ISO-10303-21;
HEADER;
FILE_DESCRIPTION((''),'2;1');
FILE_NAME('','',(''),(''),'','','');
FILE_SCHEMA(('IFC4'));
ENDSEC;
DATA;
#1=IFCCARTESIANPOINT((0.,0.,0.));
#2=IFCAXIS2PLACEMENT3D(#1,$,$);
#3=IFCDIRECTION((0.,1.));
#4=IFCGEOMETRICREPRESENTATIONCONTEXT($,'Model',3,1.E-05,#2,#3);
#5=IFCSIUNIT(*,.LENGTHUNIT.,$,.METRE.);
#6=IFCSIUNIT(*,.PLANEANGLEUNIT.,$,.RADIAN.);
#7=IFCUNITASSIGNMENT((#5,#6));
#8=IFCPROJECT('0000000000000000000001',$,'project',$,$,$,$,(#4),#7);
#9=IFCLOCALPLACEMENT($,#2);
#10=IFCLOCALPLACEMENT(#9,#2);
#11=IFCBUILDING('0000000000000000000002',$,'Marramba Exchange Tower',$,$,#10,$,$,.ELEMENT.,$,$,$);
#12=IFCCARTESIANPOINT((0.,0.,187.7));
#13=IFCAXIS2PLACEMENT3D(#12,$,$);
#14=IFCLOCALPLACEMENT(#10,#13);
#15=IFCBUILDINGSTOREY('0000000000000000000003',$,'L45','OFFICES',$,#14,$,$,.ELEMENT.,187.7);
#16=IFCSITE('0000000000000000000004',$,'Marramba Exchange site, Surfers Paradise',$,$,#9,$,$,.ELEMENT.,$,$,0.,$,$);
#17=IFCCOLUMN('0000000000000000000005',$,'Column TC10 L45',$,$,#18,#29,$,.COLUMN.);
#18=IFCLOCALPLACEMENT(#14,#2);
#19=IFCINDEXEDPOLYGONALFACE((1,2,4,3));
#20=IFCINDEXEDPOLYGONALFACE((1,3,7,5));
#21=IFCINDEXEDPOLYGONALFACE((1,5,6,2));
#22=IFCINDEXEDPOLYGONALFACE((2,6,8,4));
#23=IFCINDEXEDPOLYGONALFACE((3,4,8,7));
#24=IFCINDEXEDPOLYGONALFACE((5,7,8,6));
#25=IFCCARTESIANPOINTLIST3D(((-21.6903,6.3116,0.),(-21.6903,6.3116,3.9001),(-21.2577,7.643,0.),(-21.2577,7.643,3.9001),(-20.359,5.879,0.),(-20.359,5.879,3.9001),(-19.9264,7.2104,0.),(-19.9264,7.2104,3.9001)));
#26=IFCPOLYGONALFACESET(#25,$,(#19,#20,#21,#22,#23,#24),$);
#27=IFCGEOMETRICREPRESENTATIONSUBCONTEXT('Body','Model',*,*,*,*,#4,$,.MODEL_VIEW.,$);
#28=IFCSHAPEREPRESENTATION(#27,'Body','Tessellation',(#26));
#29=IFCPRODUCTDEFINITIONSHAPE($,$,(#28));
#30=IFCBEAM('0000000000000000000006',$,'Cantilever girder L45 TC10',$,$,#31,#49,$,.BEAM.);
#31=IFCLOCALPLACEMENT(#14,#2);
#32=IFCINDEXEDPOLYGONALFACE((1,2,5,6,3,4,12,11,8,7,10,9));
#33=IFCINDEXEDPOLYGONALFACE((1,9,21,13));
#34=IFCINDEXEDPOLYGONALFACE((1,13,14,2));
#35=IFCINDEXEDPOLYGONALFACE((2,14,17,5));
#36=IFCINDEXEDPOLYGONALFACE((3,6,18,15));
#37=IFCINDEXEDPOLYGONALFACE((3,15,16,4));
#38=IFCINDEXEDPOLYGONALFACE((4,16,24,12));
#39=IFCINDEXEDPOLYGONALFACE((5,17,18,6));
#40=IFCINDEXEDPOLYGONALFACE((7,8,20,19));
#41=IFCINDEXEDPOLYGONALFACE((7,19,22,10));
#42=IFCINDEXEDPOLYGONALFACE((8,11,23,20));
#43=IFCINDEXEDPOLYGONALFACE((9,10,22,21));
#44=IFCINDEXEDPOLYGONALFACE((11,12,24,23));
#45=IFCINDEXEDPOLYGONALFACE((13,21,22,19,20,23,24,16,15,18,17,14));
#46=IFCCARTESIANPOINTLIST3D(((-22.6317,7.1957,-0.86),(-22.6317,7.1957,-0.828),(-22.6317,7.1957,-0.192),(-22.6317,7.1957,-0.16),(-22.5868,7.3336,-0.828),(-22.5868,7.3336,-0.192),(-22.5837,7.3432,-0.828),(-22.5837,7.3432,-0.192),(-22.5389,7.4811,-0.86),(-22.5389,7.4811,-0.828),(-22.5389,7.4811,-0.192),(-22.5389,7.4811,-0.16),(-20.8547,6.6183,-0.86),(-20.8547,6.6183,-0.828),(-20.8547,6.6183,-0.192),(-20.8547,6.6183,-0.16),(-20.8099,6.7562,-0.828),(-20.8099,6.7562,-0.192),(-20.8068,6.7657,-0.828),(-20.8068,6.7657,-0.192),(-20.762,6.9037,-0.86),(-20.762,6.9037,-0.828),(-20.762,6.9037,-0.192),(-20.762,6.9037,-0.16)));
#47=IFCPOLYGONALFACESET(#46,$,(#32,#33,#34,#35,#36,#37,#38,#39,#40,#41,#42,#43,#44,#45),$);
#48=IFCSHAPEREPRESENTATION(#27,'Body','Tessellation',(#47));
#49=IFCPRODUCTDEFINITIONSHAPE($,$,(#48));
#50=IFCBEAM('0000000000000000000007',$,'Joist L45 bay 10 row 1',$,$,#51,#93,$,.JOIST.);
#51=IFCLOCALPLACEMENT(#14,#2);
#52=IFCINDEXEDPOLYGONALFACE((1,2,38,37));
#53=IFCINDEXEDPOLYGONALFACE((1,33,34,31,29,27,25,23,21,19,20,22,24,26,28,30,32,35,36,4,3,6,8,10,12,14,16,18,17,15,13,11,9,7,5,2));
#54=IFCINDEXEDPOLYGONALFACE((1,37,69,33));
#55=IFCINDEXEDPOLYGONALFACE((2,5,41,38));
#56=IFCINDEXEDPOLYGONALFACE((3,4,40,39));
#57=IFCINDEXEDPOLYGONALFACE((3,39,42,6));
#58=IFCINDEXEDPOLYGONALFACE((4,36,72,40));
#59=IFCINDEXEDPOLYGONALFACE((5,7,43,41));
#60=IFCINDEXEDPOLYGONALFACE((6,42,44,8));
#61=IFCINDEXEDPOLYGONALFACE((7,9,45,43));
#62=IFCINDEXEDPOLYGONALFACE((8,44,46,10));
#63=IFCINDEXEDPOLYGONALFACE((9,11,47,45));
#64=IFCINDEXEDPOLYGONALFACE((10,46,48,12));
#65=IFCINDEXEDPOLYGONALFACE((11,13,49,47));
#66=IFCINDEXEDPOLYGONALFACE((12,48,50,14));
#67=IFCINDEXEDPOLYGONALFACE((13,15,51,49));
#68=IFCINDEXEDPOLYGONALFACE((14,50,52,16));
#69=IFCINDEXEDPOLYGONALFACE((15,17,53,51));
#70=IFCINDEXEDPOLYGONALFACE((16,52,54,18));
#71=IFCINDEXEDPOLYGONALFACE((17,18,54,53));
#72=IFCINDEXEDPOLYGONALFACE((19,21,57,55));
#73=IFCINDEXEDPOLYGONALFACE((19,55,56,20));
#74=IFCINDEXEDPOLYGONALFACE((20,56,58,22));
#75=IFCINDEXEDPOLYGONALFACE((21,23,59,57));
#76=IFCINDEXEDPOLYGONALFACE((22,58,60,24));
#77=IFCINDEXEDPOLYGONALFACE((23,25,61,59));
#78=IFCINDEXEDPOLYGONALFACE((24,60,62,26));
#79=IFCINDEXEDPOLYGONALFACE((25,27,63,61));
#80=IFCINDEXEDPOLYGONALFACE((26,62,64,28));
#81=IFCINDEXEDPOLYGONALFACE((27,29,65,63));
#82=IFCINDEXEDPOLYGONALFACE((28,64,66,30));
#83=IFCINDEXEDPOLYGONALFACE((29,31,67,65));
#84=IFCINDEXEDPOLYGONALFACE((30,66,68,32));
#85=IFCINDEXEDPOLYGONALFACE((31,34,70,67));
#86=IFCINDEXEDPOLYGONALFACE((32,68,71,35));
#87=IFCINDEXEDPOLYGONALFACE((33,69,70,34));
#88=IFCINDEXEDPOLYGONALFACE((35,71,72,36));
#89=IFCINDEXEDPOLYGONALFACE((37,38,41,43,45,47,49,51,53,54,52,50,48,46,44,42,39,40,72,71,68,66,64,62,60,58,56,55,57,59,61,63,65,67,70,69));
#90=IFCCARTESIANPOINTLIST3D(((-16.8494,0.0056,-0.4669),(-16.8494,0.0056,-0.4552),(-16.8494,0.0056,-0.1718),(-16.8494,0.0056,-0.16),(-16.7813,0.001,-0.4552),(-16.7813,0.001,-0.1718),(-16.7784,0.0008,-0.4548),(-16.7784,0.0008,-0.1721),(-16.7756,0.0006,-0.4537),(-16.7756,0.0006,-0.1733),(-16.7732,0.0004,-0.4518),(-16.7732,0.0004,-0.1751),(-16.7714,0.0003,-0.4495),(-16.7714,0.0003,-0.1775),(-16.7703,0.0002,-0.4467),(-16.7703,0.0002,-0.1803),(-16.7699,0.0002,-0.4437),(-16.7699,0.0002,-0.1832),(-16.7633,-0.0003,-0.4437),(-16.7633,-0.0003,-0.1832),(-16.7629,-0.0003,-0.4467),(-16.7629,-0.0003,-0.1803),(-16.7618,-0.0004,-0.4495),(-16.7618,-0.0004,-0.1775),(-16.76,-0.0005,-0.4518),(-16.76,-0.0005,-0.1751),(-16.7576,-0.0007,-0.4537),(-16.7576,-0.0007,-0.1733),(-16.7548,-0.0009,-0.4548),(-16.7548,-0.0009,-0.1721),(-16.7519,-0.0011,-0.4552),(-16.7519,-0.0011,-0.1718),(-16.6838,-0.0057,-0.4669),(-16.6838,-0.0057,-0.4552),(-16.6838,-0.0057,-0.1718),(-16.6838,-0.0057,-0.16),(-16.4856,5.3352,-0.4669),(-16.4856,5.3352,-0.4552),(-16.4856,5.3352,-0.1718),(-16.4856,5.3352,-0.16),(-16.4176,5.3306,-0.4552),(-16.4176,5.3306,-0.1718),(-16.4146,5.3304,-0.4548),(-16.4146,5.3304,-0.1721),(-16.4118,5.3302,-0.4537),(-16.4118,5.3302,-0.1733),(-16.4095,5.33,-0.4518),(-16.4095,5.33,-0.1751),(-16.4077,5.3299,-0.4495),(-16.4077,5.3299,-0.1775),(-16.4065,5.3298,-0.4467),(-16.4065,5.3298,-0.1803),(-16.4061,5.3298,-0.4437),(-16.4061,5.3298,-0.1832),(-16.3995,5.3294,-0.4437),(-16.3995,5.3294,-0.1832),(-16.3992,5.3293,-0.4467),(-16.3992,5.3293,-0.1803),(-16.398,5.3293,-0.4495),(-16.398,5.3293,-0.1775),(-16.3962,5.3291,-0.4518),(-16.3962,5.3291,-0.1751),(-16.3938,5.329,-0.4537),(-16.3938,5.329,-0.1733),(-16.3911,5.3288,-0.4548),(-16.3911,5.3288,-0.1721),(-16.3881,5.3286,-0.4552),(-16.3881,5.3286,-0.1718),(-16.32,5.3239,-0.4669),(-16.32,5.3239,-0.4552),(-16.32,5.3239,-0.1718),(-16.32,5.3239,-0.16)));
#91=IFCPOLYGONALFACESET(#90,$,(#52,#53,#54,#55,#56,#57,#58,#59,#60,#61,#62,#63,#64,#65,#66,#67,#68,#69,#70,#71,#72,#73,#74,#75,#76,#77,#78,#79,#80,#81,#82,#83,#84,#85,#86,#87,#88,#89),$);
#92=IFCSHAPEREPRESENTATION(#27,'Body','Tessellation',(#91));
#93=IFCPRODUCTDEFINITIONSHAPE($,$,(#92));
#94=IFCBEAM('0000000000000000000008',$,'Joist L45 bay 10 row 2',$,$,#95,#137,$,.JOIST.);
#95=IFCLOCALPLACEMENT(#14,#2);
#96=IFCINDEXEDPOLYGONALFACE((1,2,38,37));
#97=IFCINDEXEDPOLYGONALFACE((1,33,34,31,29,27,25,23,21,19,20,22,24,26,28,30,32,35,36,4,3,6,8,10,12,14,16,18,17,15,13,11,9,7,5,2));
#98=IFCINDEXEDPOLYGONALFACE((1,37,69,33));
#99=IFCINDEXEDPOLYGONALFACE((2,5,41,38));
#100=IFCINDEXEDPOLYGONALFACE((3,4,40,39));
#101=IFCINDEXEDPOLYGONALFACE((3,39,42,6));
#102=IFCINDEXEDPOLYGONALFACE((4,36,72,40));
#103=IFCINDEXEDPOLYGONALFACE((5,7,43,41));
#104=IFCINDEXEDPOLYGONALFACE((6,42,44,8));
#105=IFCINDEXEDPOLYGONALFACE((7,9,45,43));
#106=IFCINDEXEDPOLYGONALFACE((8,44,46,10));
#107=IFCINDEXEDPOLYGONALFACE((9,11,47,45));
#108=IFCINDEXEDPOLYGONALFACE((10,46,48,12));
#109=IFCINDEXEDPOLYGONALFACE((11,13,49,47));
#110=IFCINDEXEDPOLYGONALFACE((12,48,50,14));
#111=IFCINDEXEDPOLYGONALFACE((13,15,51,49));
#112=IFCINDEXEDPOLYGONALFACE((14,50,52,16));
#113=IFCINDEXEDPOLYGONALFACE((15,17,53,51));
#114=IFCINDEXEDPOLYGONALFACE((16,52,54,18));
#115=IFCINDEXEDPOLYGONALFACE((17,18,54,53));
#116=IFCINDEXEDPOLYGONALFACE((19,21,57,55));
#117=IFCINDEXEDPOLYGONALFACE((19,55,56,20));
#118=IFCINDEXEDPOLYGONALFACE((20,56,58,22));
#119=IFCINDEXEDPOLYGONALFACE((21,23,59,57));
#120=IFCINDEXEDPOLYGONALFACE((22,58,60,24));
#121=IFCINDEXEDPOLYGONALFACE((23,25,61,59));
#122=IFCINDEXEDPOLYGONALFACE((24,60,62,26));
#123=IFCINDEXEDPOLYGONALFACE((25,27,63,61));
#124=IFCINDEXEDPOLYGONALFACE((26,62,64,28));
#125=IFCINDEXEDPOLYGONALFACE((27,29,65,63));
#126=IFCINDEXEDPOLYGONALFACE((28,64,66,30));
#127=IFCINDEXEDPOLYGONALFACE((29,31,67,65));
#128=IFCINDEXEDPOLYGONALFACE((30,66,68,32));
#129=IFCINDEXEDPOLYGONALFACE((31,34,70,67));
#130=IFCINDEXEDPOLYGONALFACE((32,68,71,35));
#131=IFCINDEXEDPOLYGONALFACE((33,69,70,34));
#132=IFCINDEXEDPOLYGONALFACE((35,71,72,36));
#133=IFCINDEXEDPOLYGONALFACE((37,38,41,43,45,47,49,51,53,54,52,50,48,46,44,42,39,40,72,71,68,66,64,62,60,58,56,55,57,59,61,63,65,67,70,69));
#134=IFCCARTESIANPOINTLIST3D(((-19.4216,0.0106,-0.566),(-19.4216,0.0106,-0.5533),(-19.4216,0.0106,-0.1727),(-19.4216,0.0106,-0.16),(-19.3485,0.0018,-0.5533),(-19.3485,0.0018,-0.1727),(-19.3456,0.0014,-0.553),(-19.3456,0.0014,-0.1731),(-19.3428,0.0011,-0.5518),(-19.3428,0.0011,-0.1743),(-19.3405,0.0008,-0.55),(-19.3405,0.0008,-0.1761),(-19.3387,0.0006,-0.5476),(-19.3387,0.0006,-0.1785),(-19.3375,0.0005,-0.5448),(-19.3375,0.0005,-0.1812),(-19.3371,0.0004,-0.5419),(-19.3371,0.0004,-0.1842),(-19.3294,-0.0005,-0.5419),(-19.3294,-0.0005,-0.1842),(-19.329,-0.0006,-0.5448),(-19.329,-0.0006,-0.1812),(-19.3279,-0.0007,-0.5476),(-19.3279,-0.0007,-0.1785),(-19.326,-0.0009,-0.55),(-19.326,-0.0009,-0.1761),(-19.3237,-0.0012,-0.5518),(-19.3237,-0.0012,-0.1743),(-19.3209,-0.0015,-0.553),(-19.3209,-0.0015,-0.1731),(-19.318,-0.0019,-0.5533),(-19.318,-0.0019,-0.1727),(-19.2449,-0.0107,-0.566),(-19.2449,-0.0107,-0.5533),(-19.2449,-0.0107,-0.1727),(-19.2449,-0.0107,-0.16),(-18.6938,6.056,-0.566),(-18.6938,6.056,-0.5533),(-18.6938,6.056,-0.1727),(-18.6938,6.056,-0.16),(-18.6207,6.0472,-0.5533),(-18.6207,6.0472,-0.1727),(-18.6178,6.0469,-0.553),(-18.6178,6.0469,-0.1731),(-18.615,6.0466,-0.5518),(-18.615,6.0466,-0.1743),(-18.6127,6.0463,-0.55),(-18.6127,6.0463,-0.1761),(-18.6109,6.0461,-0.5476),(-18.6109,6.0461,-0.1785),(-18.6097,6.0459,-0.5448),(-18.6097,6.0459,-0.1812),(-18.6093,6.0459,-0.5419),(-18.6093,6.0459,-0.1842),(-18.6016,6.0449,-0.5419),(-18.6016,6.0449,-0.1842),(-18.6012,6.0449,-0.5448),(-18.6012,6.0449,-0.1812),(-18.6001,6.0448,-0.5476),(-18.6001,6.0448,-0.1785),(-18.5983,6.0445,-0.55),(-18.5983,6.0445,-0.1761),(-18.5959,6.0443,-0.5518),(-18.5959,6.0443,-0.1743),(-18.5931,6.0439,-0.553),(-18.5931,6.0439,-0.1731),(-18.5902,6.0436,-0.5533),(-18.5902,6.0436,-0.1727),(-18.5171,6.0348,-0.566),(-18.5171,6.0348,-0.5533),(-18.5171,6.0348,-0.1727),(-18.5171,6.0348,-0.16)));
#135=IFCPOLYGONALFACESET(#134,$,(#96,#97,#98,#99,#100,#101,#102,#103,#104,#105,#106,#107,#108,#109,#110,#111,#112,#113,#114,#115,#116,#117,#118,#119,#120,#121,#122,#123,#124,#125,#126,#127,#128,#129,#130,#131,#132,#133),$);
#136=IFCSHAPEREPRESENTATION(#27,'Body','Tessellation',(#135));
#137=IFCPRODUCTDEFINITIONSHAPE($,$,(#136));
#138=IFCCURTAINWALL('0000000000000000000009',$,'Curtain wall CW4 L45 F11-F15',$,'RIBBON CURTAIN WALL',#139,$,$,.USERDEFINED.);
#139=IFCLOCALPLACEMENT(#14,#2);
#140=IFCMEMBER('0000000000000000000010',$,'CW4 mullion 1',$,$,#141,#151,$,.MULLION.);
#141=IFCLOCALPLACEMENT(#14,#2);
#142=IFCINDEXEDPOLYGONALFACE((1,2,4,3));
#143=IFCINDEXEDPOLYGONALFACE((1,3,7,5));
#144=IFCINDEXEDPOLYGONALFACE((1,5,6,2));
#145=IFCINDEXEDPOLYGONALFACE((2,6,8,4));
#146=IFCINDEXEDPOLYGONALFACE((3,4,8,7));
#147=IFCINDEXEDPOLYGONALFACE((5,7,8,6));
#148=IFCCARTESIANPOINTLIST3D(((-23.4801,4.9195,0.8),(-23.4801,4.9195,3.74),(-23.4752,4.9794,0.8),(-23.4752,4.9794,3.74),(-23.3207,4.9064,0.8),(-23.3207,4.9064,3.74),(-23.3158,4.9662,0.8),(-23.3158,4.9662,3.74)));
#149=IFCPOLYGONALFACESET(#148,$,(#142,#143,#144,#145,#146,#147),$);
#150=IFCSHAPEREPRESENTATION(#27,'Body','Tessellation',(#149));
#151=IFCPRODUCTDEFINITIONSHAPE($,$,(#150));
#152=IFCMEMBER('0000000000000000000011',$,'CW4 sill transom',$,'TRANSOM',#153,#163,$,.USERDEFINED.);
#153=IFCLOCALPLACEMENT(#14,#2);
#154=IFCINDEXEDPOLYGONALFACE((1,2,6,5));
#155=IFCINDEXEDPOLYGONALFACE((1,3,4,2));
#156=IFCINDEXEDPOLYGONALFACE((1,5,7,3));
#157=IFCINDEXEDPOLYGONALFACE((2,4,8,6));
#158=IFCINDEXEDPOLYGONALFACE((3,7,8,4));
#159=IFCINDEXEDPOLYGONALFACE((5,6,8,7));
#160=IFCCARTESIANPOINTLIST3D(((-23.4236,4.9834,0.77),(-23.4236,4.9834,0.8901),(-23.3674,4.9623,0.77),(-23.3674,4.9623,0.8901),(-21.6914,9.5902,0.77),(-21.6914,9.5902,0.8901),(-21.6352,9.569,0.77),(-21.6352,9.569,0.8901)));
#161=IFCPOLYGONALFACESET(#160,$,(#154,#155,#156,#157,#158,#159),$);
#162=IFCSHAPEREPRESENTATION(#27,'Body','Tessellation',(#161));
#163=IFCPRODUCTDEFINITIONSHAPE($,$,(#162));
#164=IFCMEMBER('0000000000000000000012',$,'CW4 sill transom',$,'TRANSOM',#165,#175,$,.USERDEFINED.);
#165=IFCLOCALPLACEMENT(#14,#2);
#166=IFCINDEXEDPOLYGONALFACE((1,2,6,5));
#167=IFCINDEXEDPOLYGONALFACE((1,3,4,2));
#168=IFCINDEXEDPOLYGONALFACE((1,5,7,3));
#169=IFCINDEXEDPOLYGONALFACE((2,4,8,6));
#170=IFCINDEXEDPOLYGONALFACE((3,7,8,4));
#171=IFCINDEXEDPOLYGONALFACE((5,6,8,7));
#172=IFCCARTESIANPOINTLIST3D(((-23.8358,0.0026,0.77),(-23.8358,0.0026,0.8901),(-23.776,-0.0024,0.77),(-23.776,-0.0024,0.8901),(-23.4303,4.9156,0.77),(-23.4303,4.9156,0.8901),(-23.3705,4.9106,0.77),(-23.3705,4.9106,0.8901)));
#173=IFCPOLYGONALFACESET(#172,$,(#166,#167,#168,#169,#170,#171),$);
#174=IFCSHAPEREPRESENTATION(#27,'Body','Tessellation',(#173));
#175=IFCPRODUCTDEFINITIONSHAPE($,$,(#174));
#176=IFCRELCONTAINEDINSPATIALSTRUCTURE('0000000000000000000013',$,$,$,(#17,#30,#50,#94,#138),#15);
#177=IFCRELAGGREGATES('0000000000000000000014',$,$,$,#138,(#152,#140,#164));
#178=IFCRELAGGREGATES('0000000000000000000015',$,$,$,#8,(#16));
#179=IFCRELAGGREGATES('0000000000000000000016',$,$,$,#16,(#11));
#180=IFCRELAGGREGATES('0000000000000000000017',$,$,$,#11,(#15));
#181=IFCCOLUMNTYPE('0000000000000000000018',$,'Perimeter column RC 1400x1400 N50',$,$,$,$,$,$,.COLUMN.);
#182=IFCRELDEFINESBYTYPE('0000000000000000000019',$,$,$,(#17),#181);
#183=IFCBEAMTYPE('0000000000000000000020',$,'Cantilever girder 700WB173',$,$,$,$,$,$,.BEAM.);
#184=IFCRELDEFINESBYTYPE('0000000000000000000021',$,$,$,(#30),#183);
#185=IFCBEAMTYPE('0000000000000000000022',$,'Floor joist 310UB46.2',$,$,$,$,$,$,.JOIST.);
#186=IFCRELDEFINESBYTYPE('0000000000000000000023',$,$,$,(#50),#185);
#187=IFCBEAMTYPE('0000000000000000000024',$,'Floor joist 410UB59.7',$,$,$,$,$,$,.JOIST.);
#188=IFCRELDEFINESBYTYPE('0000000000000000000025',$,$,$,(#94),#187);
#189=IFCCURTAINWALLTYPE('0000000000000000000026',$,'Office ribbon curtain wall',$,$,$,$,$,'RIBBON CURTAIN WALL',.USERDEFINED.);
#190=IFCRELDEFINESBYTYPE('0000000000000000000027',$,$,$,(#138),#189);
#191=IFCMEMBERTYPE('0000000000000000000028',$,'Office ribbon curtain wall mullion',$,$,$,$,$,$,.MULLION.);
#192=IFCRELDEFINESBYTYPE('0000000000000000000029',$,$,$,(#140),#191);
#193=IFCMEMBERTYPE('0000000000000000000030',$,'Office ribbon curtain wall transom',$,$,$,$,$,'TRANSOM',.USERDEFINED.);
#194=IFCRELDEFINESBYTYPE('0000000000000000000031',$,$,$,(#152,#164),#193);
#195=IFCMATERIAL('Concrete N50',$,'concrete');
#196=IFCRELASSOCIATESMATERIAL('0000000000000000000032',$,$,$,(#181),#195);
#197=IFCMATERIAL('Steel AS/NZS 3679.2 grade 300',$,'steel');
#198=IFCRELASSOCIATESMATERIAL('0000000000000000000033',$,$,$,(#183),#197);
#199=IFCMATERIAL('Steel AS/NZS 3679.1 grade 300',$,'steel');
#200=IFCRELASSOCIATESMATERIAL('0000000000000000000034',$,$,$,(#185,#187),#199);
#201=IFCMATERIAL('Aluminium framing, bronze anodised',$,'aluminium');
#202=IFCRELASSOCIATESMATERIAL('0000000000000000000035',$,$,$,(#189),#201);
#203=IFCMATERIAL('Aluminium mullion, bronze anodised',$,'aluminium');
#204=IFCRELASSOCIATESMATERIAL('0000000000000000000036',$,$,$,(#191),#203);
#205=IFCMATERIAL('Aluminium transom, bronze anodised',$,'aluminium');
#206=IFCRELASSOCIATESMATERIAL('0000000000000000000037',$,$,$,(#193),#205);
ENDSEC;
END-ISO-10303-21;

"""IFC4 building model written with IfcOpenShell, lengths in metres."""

from ifc_helpers import new_model, si_unit, direction, frame, origin, origin_2d, place, context, subcontext, project, spatial, rectangle, i_section, extrude, material, material_profile, profile_set, type_object, element, aggregate, save


model = new_model("IFC4")

# Units and contexts
model_context = context("Model", 3, precision=1e-05, world=origin(), true_north=direction((0.0, 1.0)))
body_context = subcontext(model_context, "Body", "Model", "MODEL_VIEW")
ifc_project = project(units=[si_unit("LENGTHUNIT", "METRE"), si_unit("PLANEANGLEUNIT", "RADIAN")], contexts=[model_context])

# Site, building, storey
site_placement = place(None, origin())
site = spatial("IfcSite", under=ifc_project, at=site_placement, Name="Marramba Exchange site, Surfers Paradise", CompositionType="ELEMENT", RefElevation=0.0)
building_placement = place(site_placement, origin())
building = spatial("IfcBuilding", under=site, at=building_placement, Name="Marramba Exchange Tower", CompositionType="ELEMENT")
storey_placement = place(building_placement, frame((0.0, 0.0, 187.7)))
storey = spatial("IfcBuildingStorey", under=building, at=storey_placement, Name="L45", Description="OFFICES", CompositionType="ELEMENT", Elevation=187.7)

# Column
ifc_material_1 = material(Name="Concrete N50", Category="concrete")
ifc_material_profile_1 = material_profile(ifc_material_1, rectangle(XDim=1.3999, YDim=1.3999, at=origin_2d()), Name="RC 1400x1400")
ifc_profile_set_1 = profile_set([ifc_material_profile_1], Name="Concrete N50")
column_type = type_object("IfcColumnType", Name="Perimeter column RC 1400x1400 N50", PredefinedType="COLUMN", material=ifc_profile_set_1)
column_placement = place(storey_placement, frame((-20.8083, 6.761, 0.0), z_axis=(0.0, 0.0, 1.0), x_axis=(-0.951057, 0.309017, 0.0)))
element("IfcColumn", 1, at=column_placement, inside=storey, type_object=column_type, Name="Column TC10 L45", PredefinedType="COLUMN", context=body_context, shape_type="SweptSolid", body=[
    extrude(rectangle(XDim=1.3999, YDim=1.3999, at=origin_2d()), origin(), (0.0, 0.0, 1.0), 3.9001),
])

# Beams
ifc_material_2 = material(Name="Steel AS/NZS 3679.2 grade 300", Category="steel")
ifc_material_profile_2 = material_profile(ifc_material_2, i_section(OverallWidth=0.3, OverallDepth=0.7, WebThickness=0.01, FlangeThickness=0.032, at=origin_2d()), Name="700WB173")
ifc_profile_set_2 = profile_set([ifc_material_profile_2], Name="Steel AS/NZS 3679.2 grade 300")
beam_type_1 = type_object("IfcBeamType", Name="Cantilever girder 700WB173", PredefinedType="BEAM", material=ifc_profile_set_2)
beam_1_placement = place(storey_placement, frame((-20.8083, 6.761, -0.51), z_axis=(-0.951048, 0.309045, 0.0), x_axis=(-0.309045, -0.951048, 0.0)))
element("IfcBeam", 2, at=beam_1_placement, inside=storey, type_object=beam_type_1, Name="Cantilever girder L45 TC10", PredefinedType="BEAM", context=body_context, shape_type="SweptSolid", body=[
    extrude(i_section(OverallWidth=0.3, OverallDepth=0.7, WebThickness=0.01, FlangeThickness=0.032, at=origin_2d()), origin(), (0.0, 0.0, 1.0), 1.8684),
])
ifc_material_3 = material(Name="Steel AS/NZS 3679.1 grade 300", Category="steel")
ifc_material_profile_3 = material_profile(ifc_material_3, i_section(OverallWidth=0.166, OverallDepth=0.3069, WebThickness=0.0066, FlangeThickness=0.0117, FilletRadius=0.0115, at=origin_2d()), Name="310UB46.2")
ifc_profile_set_3 = profile_set([ifc_material_profile_3], Name="Steel AS/NZS 3679.1 grade 300")
beam_type_2 = type_object("IfcBeamType", Name="Floor joist 310UB46.2", PredefinedType="JOIST", material=ifc_profile_set_3)
beam_2_placement = place(storey_placement, frame((-16.4028, 5.3296, -0.3135), z_axis=(-0.068096, -0.997679, 0.0), x_axis=(0.997679, -0.068096, 0.0)))
element("IfcBeam", 3, at=beam_2_placement, inside=storey, type_object=beam_type_2, Name="Joist L45 bay 10 row 1", PredefinedType="JOIST", context=body_context, shape_type="SweptSolid", body=[
    extrude(i_section(OverallWidth=0.166, OverallDepth=0.3069, WebThickness=0.0066, FlangeThickness=0.0117, FilletRadius=0.0115, at=origin_2d()), origin(), (0.0, 0.0, 1.0), 5.342),
])
ifc_material_profile_4 = material_profile(ifc_material_3, i_section(OverallWidth=0.178, OverallDepth=0.406, WebThickness=0.0078, FlangeThickness=0.0127, FilletRadius=0.0115, at=origin_2d()), Name="410UB59.7")
ifc_profile_set_4 = profile_set([ifc_material_profile_4], Name="Steel AS/NZS 3679.1 grade 300")
beam_type_3 = type_object("IfcBeamType", Name="Floor joist 410UB59.7", PredefinedType="JOIST", material=ifc_profile_set_4)
beam_3_placement = place(storey_placement, frame((-18.6055, 6.0454, -0.363), z_axis=(-0.119523, -0.992831, 0.0), x_axis=(0.992831, -0.119523, 0.0)))
element("IfcBeam", 4, at=beam_3_placement, inside=storey, type_object=beam_type_3, Name="Joist L45 bay 10 row 2", PredefinedType="JOIST", context=body_context, shape_type="SweptSolid", body=[
    extrude(i_section(OverallWidth=0.178, OverallDepth=0.406, WebThickness=0.0078, FlangeThickness=0.0127, FilletRadius=0.0115, at=origin_2d()), origin(), (0.0, 0.0, 1.0), 6.0891),
])

# Curtain wall, members
ifc_material_4 = material(Name="Aluminium framing, bronze anodised", Category="aluminium")
curtain_wall_type = type_object("IfcCurtainWallType", Name="Office ribbon curtain wall", ElementType="RIBBON CURTAIN WALL", PredefinedType="USERDEFINED", material=ifc_material_4)
curtain_wall_placement = place(storey_placement, origin())
curtain_wall = element("IfcCurtainWall", 5, at=curtain_wall_placement, inside=storey, type_object=curtain_wall_type, Name="Curtain wall CW4 L45 F11-F15", ObjectType="RIBBON CURTAIN WALL", PredefinedType="USERDEFINED")
ifc_material_5 = material(Name="Aluminium mullion, bronze anodised", Category="aluminium")
ifc_material_profile_5 = material_profile(ifc_material_5, rectangle(XDim=0.1599, YDim=0.0601, at=origin_2d()), Name="CW4 mullion 60x160")
ifc_profile_set_5 = profile_set([ifc_material_profile_5], Name="Aluminium mullion, bronze anodised")
member_type_1 = type_object("IfcMemberType", Name="Office ribbon curtain wall mullion", PredefinedType="MULLION", material=ifc_profile_set_5)
member_1_placement = place(storey_placement, frame((-23.3979, 4.9429, 0.8), z_axis=(0.0, 0.0, 1.0), x_axis=(0.996609, -0.082281, 0.0)))
member_1 = element("IfcMember", 6, at=member_1_placement, type_object=member_type_1, Name="CW4 mullion 1", PredefinedType="MULLION", context=body_context, shape_type="SweptSolid", body=[
    extrude(rectangle(XDim=0.1599, YDim=0.0601, at=origin_2d()), origin(), (0.0, 0.0, 1.0), 2.9399),
])
ifc_material_6 = material(Name="Aluminium transom, bronze anodised", Category="aluminium")
ifc_material_profile_6 = material_profile(ifc_material_6, rectangle(XDim=0.0601, YDim=0.1201, at=origin_2d()), Name="CW4 transom 60x120")
ifc_profile_set_6 = profile_set([ifc_material_profile_6], Name="Aluminium transom, bronze anodised")
member_type_2 = type_object("IfcMemberType", Name="Office ribbon curtain wall transom", ElementType="TRANSOM", PredefinedType="USERDEFINED", material=ifc_profile_set_6)
member_2_placement = place(storey_placement, frame((-21.6633, 9.5796, 0.8301), z_axis=(-0.351955, -0.936017, 0.0), x_axis=(0.936017, -0.351955, 0.0)))
member_2 = element("IfcMember", 7, at=member_2_placement, type_object=member_type_2, Name="CW4 sill transom", ObjectType="TRANSOM", PredefinedType="USERDEFINED", context=body_context, shape_type="SweptSolid", body=[
    extrude(rectangle(XDim=0.0601, YDim=0.1201, at=origin_2d()), origin(), (0.0, 0.0, 1.0), 4.9216),
])
member_3_placement = place(storey_placement, frame((-23.4004, 4.9131, 0.8301), z_axis=(-0.082259, -0.996611, 0.0), x_axis=(0.996611, -0.082259, 0.0)))
member_3 = element("IfcMember", 8, at=member_3_placement, type_object=member_type_2, Name="CW4 sill transom", ObjectType="TRANSOM", PredefinedType="USERDEFINED", context=body_context, shape_type="SweptSolid", body=[
    extrude(rectangle(XDim=0.0601, YDim=0.1201, at=origin_2d()), origin(), (0.0, 0.0, 1.0), 4.9297),
])

aggregate(curtain_wall, [member_2, member_1, member_3])

save(model, "model.ifc")
